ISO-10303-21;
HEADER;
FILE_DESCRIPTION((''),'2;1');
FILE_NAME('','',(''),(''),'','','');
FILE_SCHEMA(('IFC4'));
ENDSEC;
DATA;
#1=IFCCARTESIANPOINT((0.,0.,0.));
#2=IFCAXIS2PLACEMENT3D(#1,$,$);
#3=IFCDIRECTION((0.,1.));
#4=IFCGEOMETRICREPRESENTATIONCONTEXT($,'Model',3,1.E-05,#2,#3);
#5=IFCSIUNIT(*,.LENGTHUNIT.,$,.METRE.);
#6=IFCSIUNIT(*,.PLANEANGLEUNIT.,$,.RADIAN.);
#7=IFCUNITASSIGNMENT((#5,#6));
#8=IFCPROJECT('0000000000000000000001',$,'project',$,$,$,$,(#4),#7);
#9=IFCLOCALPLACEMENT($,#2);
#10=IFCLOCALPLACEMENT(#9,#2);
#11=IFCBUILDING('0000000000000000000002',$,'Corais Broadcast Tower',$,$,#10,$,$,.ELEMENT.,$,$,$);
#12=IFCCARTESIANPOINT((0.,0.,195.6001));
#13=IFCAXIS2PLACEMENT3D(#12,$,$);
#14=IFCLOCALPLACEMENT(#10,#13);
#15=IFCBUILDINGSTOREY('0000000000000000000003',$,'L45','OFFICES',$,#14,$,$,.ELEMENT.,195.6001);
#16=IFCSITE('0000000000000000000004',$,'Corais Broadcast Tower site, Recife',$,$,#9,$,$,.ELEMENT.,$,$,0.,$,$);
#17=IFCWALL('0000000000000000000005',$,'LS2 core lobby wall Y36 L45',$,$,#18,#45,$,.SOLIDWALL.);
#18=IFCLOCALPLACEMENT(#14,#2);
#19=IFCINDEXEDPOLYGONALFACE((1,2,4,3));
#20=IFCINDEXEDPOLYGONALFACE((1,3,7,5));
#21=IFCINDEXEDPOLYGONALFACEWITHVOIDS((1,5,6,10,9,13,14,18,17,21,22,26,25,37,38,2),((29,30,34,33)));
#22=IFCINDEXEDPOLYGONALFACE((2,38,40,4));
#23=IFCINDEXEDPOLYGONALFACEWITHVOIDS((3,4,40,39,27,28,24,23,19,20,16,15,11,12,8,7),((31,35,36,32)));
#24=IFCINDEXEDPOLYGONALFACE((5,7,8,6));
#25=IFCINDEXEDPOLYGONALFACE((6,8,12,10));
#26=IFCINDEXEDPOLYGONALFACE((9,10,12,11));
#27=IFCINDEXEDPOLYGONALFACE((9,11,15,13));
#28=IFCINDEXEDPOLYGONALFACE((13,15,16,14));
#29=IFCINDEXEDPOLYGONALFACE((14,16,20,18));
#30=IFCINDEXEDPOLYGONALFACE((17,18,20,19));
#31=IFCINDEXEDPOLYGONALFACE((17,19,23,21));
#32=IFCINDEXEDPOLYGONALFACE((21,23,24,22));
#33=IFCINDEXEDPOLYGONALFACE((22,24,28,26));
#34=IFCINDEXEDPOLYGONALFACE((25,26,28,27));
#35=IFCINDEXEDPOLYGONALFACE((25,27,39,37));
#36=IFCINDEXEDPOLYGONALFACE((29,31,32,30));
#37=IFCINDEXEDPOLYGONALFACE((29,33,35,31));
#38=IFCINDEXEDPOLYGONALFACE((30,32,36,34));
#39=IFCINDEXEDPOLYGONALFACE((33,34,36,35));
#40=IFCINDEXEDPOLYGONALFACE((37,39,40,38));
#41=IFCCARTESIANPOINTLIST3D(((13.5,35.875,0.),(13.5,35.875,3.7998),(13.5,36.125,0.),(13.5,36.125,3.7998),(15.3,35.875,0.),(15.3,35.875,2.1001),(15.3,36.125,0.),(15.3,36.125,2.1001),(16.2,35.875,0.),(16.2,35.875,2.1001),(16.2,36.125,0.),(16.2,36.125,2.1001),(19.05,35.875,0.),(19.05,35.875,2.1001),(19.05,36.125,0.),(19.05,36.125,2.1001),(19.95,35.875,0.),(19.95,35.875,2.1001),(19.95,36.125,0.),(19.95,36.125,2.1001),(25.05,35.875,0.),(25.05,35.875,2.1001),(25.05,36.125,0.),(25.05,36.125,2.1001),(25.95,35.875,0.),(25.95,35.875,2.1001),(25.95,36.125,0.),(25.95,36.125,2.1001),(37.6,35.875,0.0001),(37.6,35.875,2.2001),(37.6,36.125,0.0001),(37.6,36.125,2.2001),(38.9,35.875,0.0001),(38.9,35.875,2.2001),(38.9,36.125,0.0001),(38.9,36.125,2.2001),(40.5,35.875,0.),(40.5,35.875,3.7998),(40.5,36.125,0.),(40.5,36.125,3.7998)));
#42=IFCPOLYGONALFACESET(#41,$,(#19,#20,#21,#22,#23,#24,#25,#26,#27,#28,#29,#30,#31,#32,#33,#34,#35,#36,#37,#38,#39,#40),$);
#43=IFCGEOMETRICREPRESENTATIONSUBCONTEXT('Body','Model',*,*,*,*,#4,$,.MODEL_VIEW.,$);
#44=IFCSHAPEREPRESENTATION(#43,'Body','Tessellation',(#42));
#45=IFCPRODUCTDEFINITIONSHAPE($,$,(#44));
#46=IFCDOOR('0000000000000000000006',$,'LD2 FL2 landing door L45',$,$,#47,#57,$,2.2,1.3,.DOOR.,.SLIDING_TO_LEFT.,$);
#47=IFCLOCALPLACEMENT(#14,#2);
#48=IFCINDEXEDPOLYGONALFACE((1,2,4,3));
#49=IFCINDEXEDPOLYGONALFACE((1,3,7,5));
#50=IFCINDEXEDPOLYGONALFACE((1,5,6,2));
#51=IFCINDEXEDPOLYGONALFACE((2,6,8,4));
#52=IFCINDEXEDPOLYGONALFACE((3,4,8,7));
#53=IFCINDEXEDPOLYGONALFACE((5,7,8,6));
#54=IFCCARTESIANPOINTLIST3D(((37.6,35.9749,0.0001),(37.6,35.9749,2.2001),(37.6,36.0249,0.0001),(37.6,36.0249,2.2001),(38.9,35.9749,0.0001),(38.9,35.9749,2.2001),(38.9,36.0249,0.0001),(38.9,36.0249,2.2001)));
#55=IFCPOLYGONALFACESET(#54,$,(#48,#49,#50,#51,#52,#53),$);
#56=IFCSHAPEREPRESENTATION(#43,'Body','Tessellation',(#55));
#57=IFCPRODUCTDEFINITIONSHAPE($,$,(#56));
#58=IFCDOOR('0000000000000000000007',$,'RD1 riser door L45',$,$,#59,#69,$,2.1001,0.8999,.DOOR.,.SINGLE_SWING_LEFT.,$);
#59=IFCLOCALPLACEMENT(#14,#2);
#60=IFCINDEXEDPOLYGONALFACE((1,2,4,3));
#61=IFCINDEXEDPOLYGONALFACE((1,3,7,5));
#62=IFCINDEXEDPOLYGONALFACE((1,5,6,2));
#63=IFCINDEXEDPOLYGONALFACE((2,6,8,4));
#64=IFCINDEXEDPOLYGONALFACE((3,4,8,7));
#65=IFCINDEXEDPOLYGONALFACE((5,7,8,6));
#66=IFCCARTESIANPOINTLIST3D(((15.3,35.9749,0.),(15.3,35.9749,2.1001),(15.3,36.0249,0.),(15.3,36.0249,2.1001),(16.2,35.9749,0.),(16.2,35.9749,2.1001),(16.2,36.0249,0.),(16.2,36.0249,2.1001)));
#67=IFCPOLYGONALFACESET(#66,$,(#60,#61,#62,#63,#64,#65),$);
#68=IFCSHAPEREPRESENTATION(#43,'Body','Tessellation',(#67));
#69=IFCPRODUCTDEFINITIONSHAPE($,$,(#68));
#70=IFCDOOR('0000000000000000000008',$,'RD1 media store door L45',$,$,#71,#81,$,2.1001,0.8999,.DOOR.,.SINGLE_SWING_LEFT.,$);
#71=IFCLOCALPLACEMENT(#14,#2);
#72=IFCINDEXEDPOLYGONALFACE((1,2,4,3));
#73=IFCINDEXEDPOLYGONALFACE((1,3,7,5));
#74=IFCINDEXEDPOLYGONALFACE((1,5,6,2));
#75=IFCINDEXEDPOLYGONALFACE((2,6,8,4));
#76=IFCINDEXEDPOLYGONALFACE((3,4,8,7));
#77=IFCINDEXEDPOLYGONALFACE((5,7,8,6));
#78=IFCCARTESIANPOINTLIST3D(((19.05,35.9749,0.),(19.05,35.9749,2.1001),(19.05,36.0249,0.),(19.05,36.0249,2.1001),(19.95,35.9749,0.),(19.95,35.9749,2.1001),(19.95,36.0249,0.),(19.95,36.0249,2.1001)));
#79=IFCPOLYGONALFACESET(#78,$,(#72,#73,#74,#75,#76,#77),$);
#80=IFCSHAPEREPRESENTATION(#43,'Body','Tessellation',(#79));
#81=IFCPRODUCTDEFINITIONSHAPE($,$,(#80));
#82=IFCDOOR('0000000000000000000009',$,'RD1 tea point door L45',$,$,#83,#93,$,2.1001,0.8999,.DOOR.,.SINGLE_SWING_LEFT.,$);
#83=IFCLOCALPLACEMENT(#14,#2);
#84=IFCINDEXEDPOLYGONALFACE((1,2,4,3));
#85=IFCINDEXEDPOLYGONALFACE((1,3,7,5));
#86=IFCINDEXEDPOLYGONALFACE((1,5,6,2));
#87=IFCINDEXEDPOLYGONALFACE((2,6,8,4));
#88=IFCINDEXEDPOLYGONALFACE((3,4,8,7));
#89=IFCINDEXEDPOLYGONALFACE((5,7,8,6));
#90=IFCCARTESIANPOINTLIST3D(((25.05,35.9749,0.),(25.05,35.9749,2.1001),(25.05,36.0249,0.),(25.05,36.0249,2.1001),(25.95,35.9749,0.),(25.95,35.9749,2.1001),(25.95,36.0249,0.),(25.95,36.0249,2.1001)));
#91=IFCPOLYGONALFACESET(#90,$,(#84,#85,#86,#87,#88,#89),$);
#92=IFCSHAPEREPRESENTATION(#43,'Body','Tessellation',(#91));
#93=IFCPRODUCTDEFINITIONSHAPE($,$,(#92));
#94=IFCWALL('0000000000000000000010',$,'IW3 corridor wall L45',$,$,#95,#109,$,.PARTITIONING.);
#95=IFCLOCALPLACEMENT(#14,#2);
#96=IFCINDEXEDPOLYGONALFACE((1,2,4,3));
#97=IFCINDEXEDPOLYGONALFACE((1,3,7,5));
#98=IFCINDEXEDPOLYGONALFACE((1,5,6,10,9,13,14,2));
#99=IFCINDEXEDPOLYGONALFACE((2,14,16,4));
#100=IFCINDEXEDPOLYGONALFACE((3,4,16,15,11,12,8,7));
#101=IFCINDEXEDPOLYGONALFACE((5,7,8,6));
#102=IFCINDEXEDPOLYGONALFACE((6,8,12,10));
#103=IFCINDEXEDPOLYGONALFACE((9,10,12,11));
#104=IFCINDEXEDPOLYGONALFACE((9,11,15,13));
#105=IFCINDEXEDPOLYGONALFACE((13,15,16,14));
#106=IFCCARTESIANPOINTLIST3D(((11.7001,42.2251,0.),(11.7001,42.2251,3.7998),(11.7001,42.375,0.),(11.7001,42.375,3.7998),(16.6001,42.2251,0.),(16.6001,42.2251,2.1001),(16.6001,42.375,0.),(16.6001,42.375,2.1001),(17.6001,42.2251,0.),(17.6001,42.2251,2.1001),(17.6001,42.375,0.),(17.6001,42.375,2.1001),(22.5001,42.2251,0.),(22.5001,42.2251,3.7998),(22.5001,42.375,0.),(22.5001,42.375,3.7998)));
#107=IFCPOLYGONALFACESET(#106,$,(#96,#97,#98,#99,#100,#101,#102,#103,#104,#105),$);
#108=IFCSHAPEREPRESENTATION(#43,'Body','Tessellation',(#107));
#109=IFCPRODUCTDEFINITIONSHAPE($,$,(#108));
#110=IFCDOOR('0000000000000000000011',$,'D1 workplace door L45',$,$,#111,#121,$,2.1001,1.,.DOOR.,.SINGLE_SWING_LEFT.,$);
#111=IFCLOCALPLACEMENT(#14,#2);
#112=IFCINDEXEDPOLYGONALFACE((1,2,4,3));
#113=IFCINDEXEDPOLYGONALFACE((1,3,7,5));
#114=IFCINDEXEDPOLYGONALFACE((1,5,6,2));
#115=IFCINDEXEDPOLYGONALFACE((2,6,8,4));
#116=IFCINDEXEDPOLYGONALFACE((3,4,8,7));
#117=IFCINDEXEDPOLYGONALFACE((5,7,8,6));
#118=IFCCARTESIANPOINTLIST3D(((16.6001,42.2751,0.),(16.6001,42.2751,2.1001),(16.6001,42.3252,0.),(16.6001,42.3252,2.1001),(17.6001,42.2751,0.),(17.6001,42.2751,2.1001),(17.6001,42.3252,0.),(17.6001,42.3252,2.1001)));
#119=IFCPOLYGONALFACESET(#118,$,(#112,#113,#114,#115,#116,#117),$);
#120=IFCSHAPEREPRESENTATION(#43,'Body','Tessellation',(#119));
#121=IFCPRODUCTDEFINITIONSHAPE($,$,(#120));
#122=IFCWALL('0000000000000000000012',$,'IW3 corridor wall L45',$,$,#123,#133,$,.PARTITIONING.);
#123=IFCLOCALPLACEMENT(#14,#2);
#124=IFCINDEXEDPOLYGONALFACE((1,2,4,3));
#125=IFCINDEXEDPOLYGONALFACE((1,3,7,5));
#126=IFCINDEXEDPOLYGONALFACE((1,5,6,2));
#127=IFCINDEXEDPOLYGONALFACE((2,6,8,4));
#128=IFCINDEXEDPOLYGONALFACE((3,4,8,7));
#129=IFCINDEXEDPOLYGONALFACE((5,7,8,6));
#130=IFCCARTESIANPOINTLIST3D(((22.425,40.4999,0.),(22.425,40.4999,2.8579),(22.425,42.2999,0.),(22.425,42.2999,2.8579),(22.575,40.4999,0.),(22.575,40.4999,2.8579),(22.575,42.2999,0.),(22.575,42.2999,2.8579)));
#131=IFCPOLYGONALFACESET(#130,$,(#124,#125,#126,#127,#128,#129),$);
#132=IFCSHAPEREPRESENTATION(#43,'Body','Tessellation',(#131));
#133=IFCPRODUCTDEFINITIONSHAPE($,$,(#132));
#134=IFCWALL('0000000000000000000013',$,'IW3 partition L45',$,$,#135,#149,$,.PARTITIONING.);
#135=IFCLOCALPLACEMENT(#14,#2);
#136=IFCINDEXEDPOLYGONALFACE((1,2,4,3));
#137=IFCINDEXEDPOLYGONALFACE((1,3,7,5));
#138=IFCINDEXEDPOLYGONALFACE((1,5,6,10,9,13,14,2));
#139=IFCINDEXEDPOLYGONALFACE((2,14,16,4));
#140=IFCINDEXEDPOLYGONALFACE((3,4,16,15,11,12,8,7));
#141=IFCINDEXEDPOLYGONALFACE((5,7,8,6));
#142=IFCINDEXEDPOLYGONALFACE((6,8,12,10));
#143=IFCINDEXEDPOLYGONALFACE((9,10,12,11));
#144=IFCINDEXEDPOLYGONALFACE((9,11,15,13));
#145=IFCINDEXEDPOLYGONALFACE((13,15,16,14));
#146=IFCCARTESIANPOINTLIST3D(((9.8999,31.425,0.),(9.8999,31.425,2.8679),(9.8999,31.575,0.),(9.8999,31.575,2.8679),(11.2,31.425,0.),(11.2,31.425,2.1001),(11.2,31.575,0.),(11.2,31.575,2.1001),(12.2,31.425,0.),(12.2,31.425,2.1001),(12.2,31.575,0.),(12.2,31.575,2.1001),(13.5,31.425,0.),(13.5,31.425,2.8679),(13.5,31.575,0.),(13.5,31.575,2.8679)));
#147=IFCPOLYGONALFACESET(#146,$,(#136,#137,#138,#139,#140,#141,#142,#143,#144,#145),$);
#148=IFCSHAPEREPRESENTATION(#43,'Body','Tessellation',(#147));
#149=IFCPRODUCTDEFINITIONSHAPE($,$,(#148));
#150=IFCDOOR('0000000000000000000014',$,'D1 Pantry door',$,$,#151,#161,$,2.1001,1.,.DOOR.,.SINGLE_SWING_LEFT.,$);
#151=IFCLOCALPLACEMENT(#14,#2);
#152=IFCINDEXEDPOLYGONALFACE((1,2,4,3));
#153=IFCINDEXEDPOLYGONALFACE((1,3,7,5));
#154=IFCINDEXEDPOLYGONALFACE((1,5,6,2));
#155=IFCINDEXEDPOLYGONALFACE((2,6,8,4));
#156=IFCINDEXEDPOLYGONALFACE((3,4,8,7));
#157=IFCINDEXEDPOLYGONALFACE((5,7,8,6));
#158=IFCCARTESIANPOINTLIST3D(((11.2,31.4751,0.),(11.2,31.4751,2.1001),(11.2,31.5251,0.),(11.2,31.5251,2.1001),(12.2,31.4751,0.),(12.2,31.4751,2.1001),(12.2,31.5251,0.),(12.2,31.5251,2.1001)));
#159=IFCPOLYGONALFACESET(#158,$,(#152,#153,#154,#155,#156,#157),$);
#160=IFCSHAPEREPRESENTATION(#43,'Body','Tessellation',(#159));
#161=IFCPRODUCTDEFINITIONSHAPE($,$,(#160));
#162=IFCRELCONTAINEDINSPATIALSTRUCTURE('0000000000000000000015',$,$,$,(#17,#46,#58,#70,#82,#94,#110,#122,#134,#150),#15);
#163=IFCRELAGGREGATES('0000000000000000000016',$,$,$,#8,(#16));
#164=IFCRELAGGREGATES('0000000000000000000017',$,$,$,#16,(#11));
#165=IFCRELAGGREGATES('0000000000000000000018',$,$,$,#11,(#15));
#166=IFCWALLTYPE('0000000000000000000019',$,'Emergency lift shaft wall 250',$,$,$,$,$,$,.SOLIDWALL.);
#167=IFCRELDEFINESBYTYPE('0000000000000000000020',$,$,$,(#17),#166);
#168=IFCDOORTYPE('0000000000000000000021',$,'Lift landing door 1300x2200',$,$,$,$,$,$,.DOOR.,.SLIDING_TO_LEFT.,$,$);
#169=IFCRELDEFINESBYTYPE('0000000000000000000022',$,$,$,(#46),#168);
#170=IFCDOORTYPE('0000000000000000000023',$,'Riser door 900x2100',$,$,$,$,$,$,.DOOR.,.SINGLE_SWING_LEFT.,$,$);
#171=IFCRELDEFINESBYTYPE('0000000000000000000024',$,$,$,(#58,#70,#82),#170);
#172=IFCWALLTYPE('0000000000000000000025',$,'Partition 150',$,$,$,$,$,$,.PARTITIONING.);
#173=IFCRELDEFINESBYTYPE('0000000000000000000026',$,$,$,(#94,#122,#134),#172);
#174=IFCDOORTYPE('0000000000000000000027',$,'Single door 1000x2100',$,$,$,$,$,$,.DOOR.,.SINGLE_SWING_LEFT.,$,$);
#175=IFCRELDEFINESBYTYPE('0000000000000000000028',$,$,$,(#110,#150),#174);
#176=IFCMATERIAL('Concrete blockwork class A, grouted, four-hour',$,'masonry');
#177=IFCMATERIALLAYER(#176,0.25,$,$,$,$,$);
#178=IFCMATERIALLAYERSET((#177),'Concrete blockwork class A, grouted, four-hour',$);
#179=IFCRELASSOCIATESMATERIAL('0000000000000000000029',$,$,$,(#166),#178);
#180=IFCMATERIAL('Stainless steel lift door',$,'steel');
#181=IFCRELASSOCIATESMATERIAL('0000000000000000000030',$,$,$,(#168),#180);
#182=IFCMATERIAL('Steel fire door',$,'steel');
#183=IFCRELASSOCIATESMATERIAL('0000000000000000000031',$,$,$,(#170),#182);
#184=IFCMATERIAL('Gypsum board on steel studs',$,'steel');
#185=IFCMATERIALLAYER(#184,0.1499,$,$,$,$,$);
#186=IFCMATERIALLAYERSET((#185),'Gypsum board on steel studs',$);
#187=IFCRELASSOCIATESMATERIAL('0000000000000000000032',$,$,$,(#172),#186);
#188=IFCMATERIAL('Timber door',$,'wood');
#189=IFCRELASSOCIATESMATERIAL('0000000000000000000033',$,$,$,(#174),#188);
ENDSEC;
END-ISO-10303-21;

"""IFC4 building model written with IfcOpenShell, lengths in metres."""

from ifc_helpers import new_model, si_unit, direction, frame, frame_2d, origin, place, context, subcontext, project, spatial, rectangle, extrude, material, layer, layer_set, type_object, element, fill, save


model = new_model("IFC4")

# Units and contexts
model_context = context("Model", 3, precision=1e-05, world=origin(), true_north=direction((0.0, 1.0)))
body_context = subcontext(model_context, "Body", "Model", "MODEL_VIEW")
ifc_project = project(units=[si_unit("LENGTHUNIT", "METRE"), si_unit("PLANEANGLEUNIT", "RADIAN")], contexts=[model_context])

# Site, building, storey
site_placement = place(None, origin())
site = spatial("IfcSite", under=ifc_project, at=site_placement, Name="Corais Broadcast Tower site, Recife", CompositionType="ELEMENT", RefElevation=0.0)
building_placement = place(site_placement, origin())
building = spatial("IfcBuilding", under=site, at=building_placement, Name="Corais Broadcast Tower", CompositionType="ELEMENT")
storey_placement = place(building_placement, frame((0.0, 0.0, 195.6001)))
storey = spatial("IfcBuildingStorey", under=building, at=storey_placement, Name="L45", Description="OFFICES", CompositionType="ELEMENT", Elevation=195.6001)

# Wall, openings, doors
ifc_material_1 = material(Name="Concrete blockwork class A, grouted, four-hour", Category="masonry")
ifc_layer_1 = layer(ifc_material_1, 0.25)
ifc_layer_set_1 = layer_set([ifc_layer_1], Name="Concrete blockwork class A, grouted, four-hour")
wall_type_1 = type_object("IfcWallType", Name="Emergency lift shaft wall 250", PredefinedType="SOLIDWALL", material=ifc_layer_set_1)
wall_1_placement = place(storey_placement, frame((13.5, 36.0, 0.0), z_axis=(0.0, 0.0, 1.0), x_axis=(1.0, 0.0, 0.0)))
wall_1 = element("IfcWall", 1, at=wall_1_placement, inside=storey, type_object=wall_type_1, Name="LS2 core lobby wall Y36 L45", PredefinedType="SOLIDWALL", context=body_context, shape_type="SweptSolid", body=[
    extrude(rectangle(XDim=27.0, YDim=0.25, at=frame_2d((13.5, 0.0))), origin(), (0.0, 0.0, 1.0), 3.7998),
])
opening_1_placement = place(wall_1_placement, frame((1.8, 0.0, 0.0)))
opening_1 = element("IfcOpeningElement", 2, at=opening_1_placement, cuts=wall_1, PredefinedType="OPENING", context=body_context, shape_type="SweptSolid", body=[
    extrude(rectangle(XDim=0.8999, YDim=2.1001, at=frame_2d((0.45, 1.05))), frame((0.0, 0.135, 0.0), z_axis=(0.0, -1.0, 0.0), x_axis=(1.0, 0.0, 0.0)), (0.0, 0.0, 1.0), 0.27),
])
opening_2_placement = place(wall_1_placement, frame((5.55, 0.0, 0.0)))
opening_2 = element("IfcOpeningElement", 3, at=opening_2_placement, cuts=wall_1, PredefinedType="OPENING", context=body_context, shape_type="SweptSolid", body=[
    extrude(rectangle(XDim=0.8999, YDim=2.1001, at=frame_2d((0.45, 1.05))), frame((0.0, 0.135, 0.0), z_axis=(0.0, -1.0, 0.0), x_axis=(1.0, 0.0, 0.0)), (0.0, 0.0, 1.0), 0.27),
])
opening_3_placement = place(wall_1_placement, frame((11.55, 0.0, 0.0)))
opening_3 = element("IfcOpeningElement", 4, at=opening_3_placement, cuts=wall_1, PredefinedType="OPENING", context=body_context, shape_type="SweptSolid", body=[
    extrude(rectangle(XDim=0.8999, YDim=2.1001, at=frame_2d((0.45, 1.05))), frame((0.0, 0.135, 0.0), z_axis=(0.0, -1.0, 0.0), x_axis=(1.0, 0.0, 0.0)), (0.0, 0.0, 1.0), 0.27),
])
opening_4_placement = place(wall_1_placement, frame((24.1001, 0.0, 0.0)))
opening_4 = element("IfcOpeningElement", 5, at=opening_4_placement, cuts=wall_1, PredefinedType="OPENING", context=body_context, shape_type="SweptSolid", body=[
    extrude(rectangle(XDim=1.3, YDim=2.2, at=frame_2d((0.6499, 1.1001))), frame((0.0, 0.135, 0.0), z_axis=(0.0, -1.0, 0.0), x_axis=(1.0, 0.0, 0.0)), (0.0, 0.0, 1.0), 0.27),
])
ifc_material_2 = material(Name="Stainless steel lift door", Category="steel")
door_type_1 = type_object("IfcDoorType", Name="Lift landing door 1300x2200", OperationType="SLIDING_TO_LEFT", PredefinedType="DOOR", material=ifc_material_2)
door_1_placement = place(opening_4_placement, origin())
door_1 = element("IfcDoor", 6, at=door_1_placement, inside=storey, type_object=door_type_1, Name="LD2 FL2 landing door L45", OperationType="SLIDING_TO_LEFT", OverallHeight=2.2, OverallWidth=1.3, PredefinedType="DOOR", context=body_context, shape_type="SweptSolid", body=[
    extrude(rectangle(XDim=1.3, YDim=2.2, at=frame_2d((0.6499, 1.1001))), frame((0.0, 0.0249, 0.0), z_axis=(0.0, -1.0, 0.0), x_axis=(1.0, 0.0, 0.0)), (0.0, 0.0, 1.0), 0.05),
])
fill(opening_4, door_1)
ifc_material_3 = material(Name="Steel fire door", Category="steel")
door_type_2 = type_object("IfcDoorType", Name="Riser door 900x2100", OperationType="SINGLE_SWING_LEFT", PredefinedType="DOOR", material=ifc_material_3)
door_2_placement = place(opening_1_placement, origin())
door_2 = element("IfcDoor", 7, at=door_2_placement, inside=storey, type_object=door_type_2, Name="RD1 riser door L45", OperationType="SINGLE_SWING_LEFT", OverallHeight=2.1001, OverallWidth=0.8999, PredefinedType="DOOR", context=body_context, shape_type="SweptSolid", body=[
    extrude(rectangle(XDim=0.8999, YDim=2.1001, at=frame_2d((0.45, 1.05))), frame((0.0, 0.0249, 0.0), z_axis=(0.0, -1.0, 0.0), x_axis=(1.0, 0.0, 0.0)), (0.0, 0.0, 1.0), 0.05),
])
fill(opening_1, door_2)
door_3_placement = place(opening_2_placement, origin())
door_3 = element("IfcDoor", 8, at=door_3_placement, inside=storey, type_object=door_type_2, Name="RD1 media store door L45", OperationType="SINGLE_SWING_LEFT", OverallHeight=2.1001, OverallWidth=0.8999, PredefinedType="DOOR", context=body_context, shape_type="SweptSolid", body=[
    extrude(rectangle(XDim=0.8999, YDim=2.1001, at=frame_2d((0.45, 1.05))), frame((0.0, 0.0249, 0.0), z_axis=(0.0, -1.0, 0.0), x_axis=(1.0, 0.0, 0.0)), (0.0, 0.0, 1.0), 0.05),
])
fill(opening_2, door_3)
door_4_placement = place(opening_3_placement, origin())
door_4 = element("IfcDoor", 9, at=door_4_placement, inside=storey, type_object=door_type_2, Name="RD1 tea point door L45", OperationType="SINGLE_SWING_LEFT", OverallHeight=2.1001, OverallWidth=0.8999, PredefinedType="DOOR", context=body_context, shape_type="SweptSolid", body=[
    extrude(rectangle(XDim=0.8999, YDim=2.1001, at=frame_2d((0.45, 1.05))), frame((0.0, 0.0249, 0.0), z_axis=(0.0, -1.0, 0.0), x_axis=(1.0, 0.0, 0.0)), (0.0, 0.0, 1.0), 0.05),
])
fill(opening_3, door_4)

# Wall, opening, door
ifc_material_4 = material(Name="Gypsum board on steel studs", Category="steel")
ifc_layer_2 = layer(ifc_material_4, 0.1499)
ifc_layer_set_2 = layer_set([ifc_layer_2], Name="Gypsum board on steel studs")
wall_type_2 = type_object("IfcWallType", Name="Partition 150", PredefinedType="PARTITIONING", material=ifc_layer_set_2)
wall_2_placement = place(storey_placement, frame((22.5, 42.3, 0.0), z_axis=(0.0, 0.0, 1.0), x_axis=(-1.0, 0.0, 0.0)))
wall_2 = element("IfcWall", 10, at=wall_2_placement, inside=storey, type_object=wall_type_2, Name="IW3 corridor wall L45", PredefinedType="PARTITIONING", context=body_context, shape_type="SweptSolid", body=[
    extrude(rectangle(XDim=10.8, YDim=0.1499, at=frame_2d((5.3999, 0.0))), origin(), (0.0, 0.0, 1.0), 3.7998),
])
opening_5_placement = place(wall_2_placement, frame((4.8999, 0.0, 0.0)))
opening_5 = element("IfcOpeningElement", 11, at=opening_5_placement, cuts=wall_2, PredefinedType="OPENING", context=body_context, shape_type="SweptSolid", body=[
    extrude(rectangle(XDim=1.0, YDim=2.1001, at=frame_2d((0.5, 1.05))), frame((0.0, 0.085, 0.0), z_axis=(0.0, -1.0, 0.0), x_axis=(1.0, 0.0, 0.0)), (0.0, 0.0, 1.0), 0.1699),
])
ifc_material_5 = material(Name="Timber door", Category="wood")
door_type_3 = type_object("IfcDoorType", Name="Single door 1000x2100", OperationType="SINGLE_SWING_LEFT", PredefinedType="DOOR", material=ifc_material_5)
door_5_placement = place(opening_5_placement, origin())
door_5 = element("IfcDoor", 12, at=door_5_placement, inside=storey, type_object=door_type_3, Name="D1 workplace door L45", OperationType="SINGLE_SWING_LEFT", OverallHeight=2.1001, OverallWidth=1.0, PredefinedType="DOOR", context=body_context, shape_type="SweptSolid", body=[
    extrude(rectangle(XDim=1.0, YDim=2.1001, at=frame_2d((0.5, 1.05))), frame((0.0, 0.0249, 0.0), z_axis=(0.0, -1.0, 0.0), x_axis=(1.0, 0.0, 0.0)), (0.0, 0.0, 1.0), 0.05),
])
fill(opening_5, door_5)

# Wall
wall_3_placement = place(storey_placement, frame((22.5, 40.5, 0.0), z_axis=(0.0, 0.0, 1.0), x_axis=(0.0, 1.0, 0.0)))
element("IfcWall", 13, at=wall_3_placement, inside=storey, type_object=wall_type_2, Name="IW3 corridor wall L45", PredefinedType="PARTITIONING", context=body_context, shape_type="SweptSolid", body=[
    extrude(rectangle(XDim=1.8, YDim=0.1499, at=frame_2d((0.8999, 0.0))), origin(), (0.0, 0.0, 1.0), 2.8579),
])

# Wall, opening, door
wall_4_placement = place(storey_placement, frame((13.5, 31.5, 0.0), z_axis=(0.0, 0.0, 1.0), x_axis=(-1.0, 0.0, 0.0)))
wall_4 = element("IfcWall", 14, at=wall_4_placement, inside=storey, type_object=wall_type_2, Name="IW3 partition L45", PredefinedType="PARTITIONING", context=body_context, shape_type="SweptSolid", body=[
    extrude(rectangle(XDim=3.6001, YDim=0.1499, at=frame_2d((1.8, 0.0))), origin(), (0.0, 0.0, 1.0), 2.8679),
])
opening_6_placement = place(wall_4_placement, frame((1.3, 0.0, 0.0)))
opening_6 = element("IfcOpeningElement", 15, at=opening_6_placement, cuts=wall_4, PredefinedType="OPENING", context=body_context, shape_type="SweptSolid", body=[
    extrude(rectangle(XDim=1.0, YDim=2.1001, at=frame_2d((0.5, 1.05))), frame((0.0, 0.085, 0.0), z_axis=(0.0, -1.0, 0.0), x_axis=(1.0, 0.0, 0.0)), (0.0, 0.0, 1.0), 0.1699),
])
door_6_placement = place(opening_6_placement, origin())
door_6 = element("IfcDoor", 16, at=door_6_placement, inside=storey, type_object=door_type_3, Name="D1 Pantry door", OperationType="SINGLE_SWING_LEFT", OverallHeight=2.1001, OverallWidth=1.0, PredefinedType="DOOR", context=body_context, shape_type="SweptSolid", body=[
    extrude(rectangle(XDim=1.0, YDim=2.1001, at=frame_2d((0.5, 1.05))), frame((0.0, 0.0249, 0.0), z_axis=(0.0, -1.0, 0.0), x_axis=(1.0, 0.0, 0.0)), (0.0, 0.0, 1.0), 0.05),
])
fill(opening_6, door_6)

save(model, "model.ifc")
